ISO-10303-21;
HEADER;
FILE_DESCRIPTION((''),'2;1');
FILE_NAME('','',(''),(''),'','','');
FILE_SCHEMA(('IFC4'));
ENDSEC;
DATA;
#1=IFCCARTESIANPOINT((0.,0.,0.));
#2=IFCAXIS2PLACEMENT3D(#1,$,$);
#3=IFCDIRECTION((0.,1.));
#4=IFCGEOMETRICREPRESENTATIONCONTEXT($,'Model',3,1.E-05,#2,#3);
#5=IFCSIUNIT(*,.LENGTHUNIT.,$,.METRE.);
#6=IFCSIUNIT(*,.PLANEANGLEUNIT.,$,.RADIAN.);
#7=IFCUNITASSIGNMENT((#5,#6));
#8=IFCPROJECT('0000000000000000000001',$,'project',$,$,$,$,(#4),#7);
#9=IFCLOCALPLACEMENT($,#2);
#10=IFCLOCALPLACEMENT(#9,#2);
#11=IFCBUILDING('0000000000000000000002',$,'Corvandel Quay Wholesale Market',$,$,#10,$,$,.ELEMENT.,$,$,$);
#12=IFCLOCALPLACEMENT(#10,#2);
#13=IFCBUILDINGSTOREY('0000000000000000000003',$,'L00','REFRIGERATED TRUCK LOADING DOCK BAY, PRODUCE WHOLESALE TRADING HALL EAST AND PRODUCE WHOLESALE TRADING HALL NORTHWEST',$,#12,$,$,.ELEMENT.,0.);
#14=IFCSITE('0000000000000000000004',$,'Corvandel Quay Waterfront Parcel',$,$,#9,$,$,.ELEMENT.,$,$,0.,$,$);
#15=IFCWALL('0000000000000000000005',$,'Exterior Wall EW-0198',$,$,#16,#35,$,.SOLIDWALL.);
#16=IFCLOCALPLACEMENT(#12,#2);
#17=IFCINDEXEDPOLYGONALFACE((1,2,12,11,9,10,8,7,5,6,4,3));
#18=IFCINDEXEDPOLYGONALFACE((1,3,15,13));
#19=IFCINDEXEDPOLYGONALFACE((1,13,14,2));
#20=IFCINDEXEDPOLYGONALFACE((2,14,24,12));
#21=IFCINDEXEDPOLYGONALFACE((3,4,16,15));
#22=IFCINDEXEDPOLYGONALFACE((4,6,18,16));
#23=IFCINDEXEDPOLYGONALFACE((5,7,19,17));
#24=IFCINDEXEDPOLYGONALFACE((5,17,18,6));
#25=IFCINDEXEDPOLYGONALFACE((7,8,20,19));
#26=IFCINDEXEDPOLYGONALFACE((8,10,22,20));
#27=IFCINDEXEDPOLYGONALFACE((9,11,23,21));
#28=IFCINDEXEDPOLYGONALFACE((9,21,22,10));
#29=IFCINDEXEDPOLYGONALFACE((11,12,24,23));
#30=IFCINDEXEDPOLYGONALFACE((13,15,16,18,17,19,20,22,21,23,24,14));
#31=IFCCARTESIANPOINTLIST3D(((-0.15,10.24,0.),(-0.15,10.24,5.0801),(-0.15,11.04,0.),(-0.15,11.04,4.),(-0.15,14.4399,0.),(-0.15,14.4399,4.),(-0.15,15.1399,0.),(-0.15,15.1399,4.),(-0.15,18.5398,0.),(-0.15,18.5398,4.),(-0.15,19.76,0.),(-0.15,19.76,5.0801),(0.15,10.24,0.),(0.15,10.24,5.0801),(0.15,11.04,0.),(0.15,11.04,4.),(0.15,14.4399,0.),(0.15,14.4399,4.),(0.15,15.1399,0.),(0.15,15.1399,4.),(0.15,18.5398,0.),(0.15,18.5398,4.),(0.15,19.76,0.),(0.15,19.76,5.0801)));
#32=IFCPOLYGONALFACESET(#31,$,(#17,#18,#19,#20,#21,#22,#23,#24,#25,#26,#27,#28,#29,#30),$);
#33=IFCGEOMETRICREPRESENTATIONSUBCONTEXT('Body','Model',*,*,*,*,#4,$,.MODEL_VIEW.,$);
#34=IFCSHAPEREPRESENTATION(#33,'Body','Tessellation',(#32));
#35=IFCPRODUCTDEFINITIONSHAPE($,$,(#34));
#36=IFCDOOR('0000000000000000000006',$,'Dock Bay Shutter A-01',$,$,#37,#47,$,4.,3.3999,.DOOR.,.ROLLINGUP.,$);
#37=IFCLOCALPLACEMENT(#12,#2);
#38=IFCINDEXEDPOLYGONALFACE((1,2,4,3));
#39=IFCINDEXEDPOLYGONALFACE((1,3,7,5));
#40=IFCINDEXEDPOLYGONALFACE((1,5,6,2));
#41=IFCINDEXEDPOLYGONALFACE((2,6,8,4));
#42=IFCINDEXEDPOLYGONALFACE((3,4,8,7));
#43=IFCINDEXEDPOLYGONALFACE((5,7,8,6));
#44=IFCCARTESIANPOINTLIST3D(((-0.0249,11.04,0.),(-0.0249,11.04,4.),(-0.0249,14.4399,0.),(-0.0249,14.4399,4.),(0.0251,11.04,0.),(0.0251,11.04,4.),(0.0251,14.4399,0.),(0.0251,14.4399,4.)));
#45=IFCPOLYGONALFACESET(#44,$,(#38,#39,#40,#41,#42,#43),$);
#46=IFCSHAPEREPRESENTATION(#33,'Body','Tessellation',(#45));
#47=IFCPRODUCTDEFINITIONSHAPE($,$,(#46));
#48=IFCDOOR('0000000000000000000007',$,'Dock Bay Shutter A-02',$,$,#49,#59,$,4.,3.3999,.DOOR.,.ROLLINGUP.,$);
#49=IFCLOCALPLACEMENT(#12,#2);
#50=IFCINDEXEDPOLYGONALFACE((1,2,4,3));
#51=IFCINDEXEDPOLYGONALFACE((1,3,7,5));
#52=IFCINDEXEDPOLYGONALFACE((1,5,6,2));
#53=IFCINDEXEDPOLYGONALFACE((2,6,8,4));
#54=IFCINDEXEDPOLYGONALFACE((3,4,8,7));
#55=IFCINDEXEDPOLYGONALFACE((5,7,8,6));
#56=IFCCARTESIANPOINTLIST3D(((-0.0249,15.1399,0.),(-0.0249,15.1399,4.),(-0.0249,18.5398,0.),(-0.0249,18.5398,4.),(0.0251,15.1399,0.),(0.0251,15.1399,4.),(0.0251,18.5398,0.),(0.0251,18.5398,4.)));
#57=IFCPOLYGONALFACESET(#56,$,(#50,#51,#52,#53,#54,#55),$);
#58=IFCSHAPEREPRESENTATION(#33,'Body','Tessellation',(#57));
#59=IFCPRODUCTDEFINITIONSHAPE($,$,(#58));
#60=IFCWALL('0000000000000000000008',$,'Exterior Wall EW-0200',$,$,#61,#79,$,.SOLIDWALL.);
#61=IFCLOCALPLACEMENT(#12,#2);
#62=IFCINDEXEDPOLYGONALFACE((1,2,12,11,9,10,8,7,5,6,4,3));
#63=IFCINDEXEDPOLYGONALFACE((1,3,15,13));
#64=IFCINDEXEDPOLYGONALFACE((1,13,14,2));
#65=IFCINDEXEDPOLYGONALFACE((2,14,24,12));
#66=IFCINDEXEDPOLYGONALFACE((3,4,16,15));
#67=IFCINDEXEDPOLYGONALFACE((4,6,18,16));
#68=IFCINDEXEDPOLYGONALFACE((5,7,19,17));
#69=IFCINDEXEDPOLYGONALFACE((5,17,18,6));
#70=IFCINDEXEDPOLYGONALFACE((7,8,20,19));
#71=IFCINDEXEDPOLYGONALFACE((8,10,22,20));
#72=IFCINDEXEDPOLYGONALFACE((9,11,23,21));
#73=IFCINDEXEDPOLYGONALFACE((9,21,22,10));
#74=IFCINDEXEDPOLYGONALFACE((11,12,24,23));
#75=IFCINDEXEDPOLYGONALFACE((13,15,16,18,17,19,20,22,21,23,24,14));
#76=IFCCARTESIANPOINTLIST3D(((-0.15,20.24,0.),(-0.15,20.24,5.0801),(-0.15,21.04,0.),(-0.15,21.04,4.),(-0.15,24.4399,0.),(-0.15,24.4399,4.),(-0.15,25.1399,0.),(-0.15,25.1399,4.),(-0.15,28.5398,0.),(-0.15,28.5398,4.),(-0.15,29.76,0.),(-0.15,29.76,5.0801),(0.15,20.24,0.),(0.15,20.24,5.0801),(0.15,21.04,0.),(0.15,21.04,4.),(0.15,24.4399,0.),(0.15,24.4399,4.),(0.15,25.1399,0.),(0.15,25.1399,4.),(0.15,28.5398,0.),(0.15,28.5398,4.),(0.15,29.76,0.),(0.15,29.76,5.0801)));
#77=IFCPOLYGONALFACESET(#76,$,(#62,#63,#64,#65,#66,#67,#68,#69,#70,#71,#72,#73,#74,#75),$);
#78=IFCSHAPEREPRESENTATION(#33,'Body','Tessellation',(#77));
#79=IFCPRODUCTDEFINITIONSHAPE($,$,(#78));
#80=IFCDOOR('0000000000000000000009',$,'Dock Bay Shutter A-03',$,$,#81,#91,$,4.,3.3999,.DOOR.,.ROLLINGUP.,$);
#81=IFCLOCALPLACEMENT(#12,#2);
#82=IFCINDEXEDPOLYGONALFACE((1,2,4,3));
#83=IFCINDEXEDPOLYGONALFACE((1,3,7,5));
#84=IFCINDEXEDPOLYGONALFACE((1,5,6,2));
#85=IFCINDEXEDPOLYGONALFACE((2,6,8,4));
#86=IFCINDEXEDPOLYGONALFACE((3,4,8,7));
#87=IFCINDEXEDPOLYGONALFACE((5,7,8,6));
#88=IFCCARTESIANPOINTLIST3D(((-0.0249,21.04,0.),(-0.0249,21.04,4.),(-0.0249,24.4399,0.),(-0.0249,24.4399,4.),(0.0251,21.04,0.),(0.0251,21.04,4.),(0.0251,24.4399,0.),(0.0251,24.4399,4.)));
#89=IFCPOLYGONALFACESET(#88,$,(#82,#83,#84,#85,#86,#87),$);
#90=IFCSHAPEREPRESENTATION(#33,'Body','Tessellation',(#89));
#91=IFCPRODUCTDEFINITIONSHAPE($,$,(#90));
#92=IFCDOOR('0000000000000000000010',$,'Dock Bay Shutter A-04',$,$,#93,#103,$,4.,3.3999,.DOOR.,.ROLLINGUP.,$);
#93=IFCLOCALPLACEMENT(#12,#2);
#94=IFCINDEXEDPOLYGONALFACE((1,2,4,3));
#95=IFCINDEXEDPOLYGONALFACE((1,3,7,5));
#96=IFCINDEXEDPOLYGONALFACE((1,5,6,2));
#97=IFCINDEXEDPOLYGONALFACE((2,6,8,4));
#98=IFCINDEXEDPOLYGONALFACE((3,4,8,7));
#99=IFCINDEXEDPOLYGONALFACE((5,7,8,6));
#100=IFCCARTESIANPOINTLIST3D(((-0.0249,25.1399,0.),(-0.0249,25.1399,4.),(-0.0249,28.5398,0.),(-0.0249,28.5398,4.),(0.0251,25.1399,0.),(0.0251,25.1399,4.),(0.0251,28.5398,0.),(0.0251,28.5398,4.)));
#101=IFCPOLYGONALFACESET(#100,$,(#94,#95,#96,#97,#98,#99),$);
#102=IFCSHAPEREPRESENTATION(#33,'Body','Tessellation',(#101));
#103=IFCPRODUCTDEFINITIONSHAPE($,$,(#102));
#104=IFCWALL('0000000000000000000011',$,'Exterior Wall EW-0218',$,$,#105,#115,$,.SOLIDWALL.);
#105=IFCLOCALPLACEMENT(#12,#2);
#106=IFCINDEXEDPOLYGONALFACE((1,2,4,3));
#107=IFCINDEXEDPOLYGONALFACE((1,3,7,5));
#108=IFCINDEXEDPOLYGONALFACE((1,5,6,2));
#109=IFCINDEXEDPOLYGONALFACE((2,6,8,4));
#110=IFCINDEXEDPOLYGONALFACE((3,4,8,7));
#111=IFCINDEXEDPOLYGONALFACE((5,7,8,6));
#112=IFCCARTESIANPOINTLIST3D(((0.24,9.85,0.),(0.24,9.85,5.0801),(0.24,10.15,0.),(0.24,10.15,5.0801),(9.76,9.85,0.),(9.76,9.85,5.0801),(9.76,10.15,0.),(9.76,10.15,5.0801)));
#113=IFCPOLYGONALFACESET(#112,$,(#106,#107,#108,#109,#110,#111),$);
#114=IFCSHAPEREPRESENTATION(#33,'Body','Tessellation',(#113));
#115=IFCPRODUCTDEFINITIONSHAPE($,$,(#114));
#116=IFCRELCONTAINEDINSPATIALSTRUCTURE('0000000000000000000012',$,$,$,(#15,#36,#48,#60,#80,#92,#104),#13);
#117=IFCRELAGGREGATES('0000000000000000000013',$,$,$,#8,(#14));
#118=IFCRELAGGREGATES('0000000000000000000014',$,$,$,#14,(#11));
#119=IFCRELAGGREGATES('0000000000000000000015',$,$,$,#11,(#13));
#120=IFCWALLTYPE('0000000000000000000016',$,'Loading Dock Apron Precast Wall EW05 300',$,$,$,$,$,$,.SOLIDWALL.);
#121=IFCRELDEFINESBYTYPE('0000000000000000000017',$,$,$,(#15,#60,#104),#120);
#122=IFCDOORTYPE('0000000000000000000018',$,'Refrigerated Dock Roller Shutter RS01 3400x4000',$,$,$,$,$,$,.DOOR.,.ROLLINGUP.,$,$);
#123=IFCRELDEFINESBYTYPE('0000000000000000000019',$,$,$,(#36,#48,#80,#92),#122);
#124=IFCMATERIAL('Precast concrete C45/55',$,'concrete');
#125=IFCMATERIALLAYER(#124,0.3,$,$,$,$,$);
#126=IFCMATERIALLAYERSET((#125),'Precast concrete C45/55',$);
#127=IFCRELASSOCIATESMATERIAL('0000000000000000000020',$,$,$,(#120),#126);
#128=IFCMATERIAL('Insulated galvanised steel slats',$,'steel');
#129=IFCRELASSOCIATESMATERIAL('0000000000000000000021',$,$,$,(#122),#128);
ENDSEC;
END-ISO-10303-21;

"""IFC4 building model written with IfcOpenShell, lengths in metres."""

from ifc_helpers import new_model, si_unit, direction, frame, frame_2d, origin, place, context, subcontext, project, spatial, rectangle, extrude, material, layer, layer_set, type_object, element, fill, save


model = new_model("IFC4")

# Units and contexts
model_context = context("Model", 3, precision=1e-05, world=origin(), true_north=direction((0.0, 1.0)))
body_context = subcontext(model_context, "Body", "Model", "MODEL_VIEW")
ifc_project = project(units=[si_unit("LENGTHUNIT", "METRE"), si_unit("PLANEANGLEUNIT", "RADIAN")], contexts=[model_context])

# Site, building, storey
site_placement = place(None, origin())
site = spatial("IfcSite", under=ifc_project, at=site_placement, Name="Corvandel Quay Waterfront Parcel", CompositionType="ELEMENT", RefElevation=0.0)
building_placement = place(site_placement, origin())
building = spatial("IfcBuilding", under=site, at=building_placement, Name="Corvandel Quay Wholesale Market", CompositionType="ELEMENT")
storey_placement = place(building_placement, origin())
storey = spatial("IfcBuildingStorey", under=building, at=storey_placement, Name="L00", Description="REFRIGERATED TRUCK LOADING DOCK BAY, PRODUCE WHOLESALE TRADING HALL EAST AND PRODUCE WHOLESALE TRADING HALL NORTHWEST", CompositionType="ELEMENT", Elevation=0.0)

# Shared definitions
ifc_material_1 = material(Name="Precast concrete C45/55", Category="concrete")

# Walls, openings, doors
ifc_layer_1 = layer(ifc_material_1, 0.3)
ifc_layer_set_1 = layer_set([ifc_layer_1], Name="Precast concrete C45/55")
wall_type = type_object("IfcWallType", Name="Loading Dock Apron Precast Wall EW05 300", PredefinedType="SOLIDWALL", material=ifc_layer_set_1)
wall_1_placement = place(storey_placement, frame((0.0, 10.24, 0.0), z_axis=(0.0, 0.0, 1.0), x_axis=(0.0, 1.0, 0.0)))
wall_1 = element("IfcWall", 1, at=wall_1_placement, inside=storey, type_object=wall_type, Name="Exterior Wall EW-0198", PredefinedType="SOLIDWALL", context=body_context, shape_type="SweptSolid", body=[
    extrude(rectangle(XDim=9.52, YDim=0.3, at=frame_2d((4.76, 0.0))), origin(), (0.0, 0.0, 1.0), 5.0801),
])
opening_1_placement = place(wall_1_placement, frame((0.8, 0.0, 0.0)))
opening_1 = element("IfcOpeningElement", 2, at=opening_1_placement, cuts=wall_1, PredefinedType="OPENING", context=body_context, shape_type="SweptSolid", body=[
    extrude(rectangle(XDim=3.3999, YDim=4.0, at=frame_2d((1.7, 2.0))), frame((0.0, 0.1599, 0.0), z_axis=(0.0, -1.0, 0.0), x_axis=(1.0, 0.0, 0.0)), (0.0, 0.0, 1.0), 0.3201),
])
opening_2_placement = place(wall_1_placement, frame((4.8999, 0.0, 0.0)))
opening_2 = element("IfcOpeningElement", 3, at=opening_2_placement, cuts=wall_1, PredefinedType="OPENING", context=body_context, shape_type="SweptSolid", body=[
    extrude(rectangle(XDim=3.3999, YDim=4.0, at=frame_2d((1.7, 2.0))), frame((0.0, 0.1599, 0.0), z_axis=(0.0, -1.0, 0.0), x_axis=(1.0, 0.0, 0.0)), (0.0, 0.0, 1.0), 0.3201),
])
ifc_material_2 = material(Name="Insulated galvanised steel slats", Category="steel")
door_type = type_object("IfcDoorType", Name="Refrigerated Dock Roller Shutter RS01 3400x4000", OperationType="ROLLINGUP", PredefinedType="DOOR", material=ifc_material_2)
door_1_placement = place(opening_1_placement, origin())
door_1 = element("IfcDoor", 4, at=door_1_placement, inside=storey, type_object=door_type, Name="Dock Bay Shutter A-01", OperationType="ROLLINGUP", OverallHeight=4.0, OverallWidth=3.3999, PredefinedType="DOOR", context=body_context, shape_type="SweptSolid", body=[
    extrude(rectangle(XDim=3.3999, YDim=4.0, at=frame_2d((1.7, 2.0))), frame((0.0, 0.0249, 0.0), z_axis=(0.0, -1.0, 0.0), x_axis=(1.0, 0.0, 0.0)), (0.0, 0.0, 1.0), 0.05),
])
fill(opening_1, door_1)
door_2_placement = place(opening_2_placement, origin())
door_2 = element("IfcDoor", 5, at=door_2_placement, inside=storey, type_object=door_type, Name="Dock Bay Shutter A-02", OperationType="ROLLINGUP", OverallHeight=4.0, OverallWidth=3.3999, PredefinedType="DOOR", context=body_context, shape_type="SweptSolid", body=[
    extrude(rectangle(XDim=3.3999, YDim=4.0, at=frame_2d((1.7, 2.0))), frame((0.0, 0.0249, 0.0), z_axis=(0.0, -1.0, 0.0), x_axis=(1.0, 0.0, 0.0)), (0.0, 0.0, 1.0), 0.05),
])
fill(opening_2, door_2)
wall_2_placement = place(storey_placement, frame((0.0, 20.24, 0.0), z_axis=(0.0, 0.0, 1.0), x_axis=(0.0, 1.0, 0.0)))
wall_2 = element("IfcWall", 6, at=wall_2_placement, inside=storey, type_object=wall_type, Name="Exterior Wall EW-0200", PredefinedType="SOLIDWALL", context=body_context, shape_type="SweptSolid", body=[
    extrude(rectangle(XDim=9.52, YDim=0.3, at=frame_2d((4.76, 0.0))), origin(), (0.0, 0.0, 1.0), 5.0801),
])
opening_3_placement = place(wall_2_placement, frame((0.8, 0.0, 0.0)))
opening_3 = element("IfcOpeningElement", 7, at=opening_3_placement, cuts=wall_2, PredefinedType="OPENING", context=body_context, shape_type="SweptSolid", body=[
    extrude(rectangle(XDim=3.3999, YDim=4.0, at=frame_2d((1.7, 2.0))), frame((0.0, 0.1599, 0.0), z_axis=(0.0, -1.0, 0.0), x_axis=(1.0, 0.0, 0.0)), (0.0, 0.0, 1.0), 0.3201),
])
opening_4_placement = place(wall_2_placement, frame((4.8999, 0.0, 0.0)))
opening_4 = element("IfcOpeningElement", 8, at=opening_4_placement, cuts=wall_2, PredefinedType="OPENING", context=body_context, shape_type="SweptSolid", body=[
    extrude(rectangle(XDim=3.3999, YDim=4.0, at=frame_2d((1.7, 2.0))), frame((0.0, 0.1599, 0.0), z_axis=(0.0, -1.0, 0.0), x_axis=(1.0, 0.0, 0.0)), (0.0, 0.0, 1.0), 0.3201),
])
door_3_placement = place(opening_3_placement, origin())
door_3 = element("IfcDoor", 9, at=door_3_placement, inside=storey, type_object=door_type, Name="Dock Bay Shutter A-03", OperationType="ROLLINGUP", OverallHeight=4.0, OverallWidth=3.3999, PredefinedType="DOOR", context=body_context, shape_type="SweptSolid", body=[
    extrude(rectangle(XDim=3.3999, YDim=4.0, at=frame_2d((1.7, 2.0))), frame((0.0, 0.0249, 0.0), z_axis=(0.0, -1.0, 0.0), x_axis=(1.0, 0.0, 0.0)), (0.0, 0.0, 1.0), 0.05),
])
fill(opening_3, door_3)
door_4_placement = place(opening_4_placement, origin())
door_4 = element("IfcDoor", 10, at=door_4_placement, inside=storey, type_object=door_type, Name="Dock Bay Shutter A-04", OperationType="ROLLINGUP", OverallHeight=4.0, OverallWidth=3.3999, PredefinedType="DOOR", context=body_context, shape_type="SweptSolid", body=[
    extrude(rectangle(XDim=3.3999, YDim=4.0, at=frame_2d((1.7, 2.0))), frame((0.0, 0.0249, 0.0), z_axis=(0.0, -1.0, 0.0), x_axis=(1.0, 0.0, 0.0)), (0.0, 0.0, 1.0), 0.05),
])
fill(opening_4, door_4)

# Wall
wall_3_placement = place(storey_placement, frame((9.76, 10.0, 0.0), z_axis=(0.0, 0.0, 1.0), x_axis=(-1.0, 0.0, 0.0)))
element("IfcWall", 11, at=wall_3_placement, inside=storey, type_object=wall_type, Name="Exterior Wall EW-0218", PredefinedType="SOLIDWALL", context=body_context, shape_type="SweptSolid", body=[
    extrude(rectangle(XDim=9.52, YDim=0.3, at=frame_2d((4.76, 0.0))), origin(), (0.0, 0.0, 1.0), 5.0801),
])

save(model, "model.ifc")
